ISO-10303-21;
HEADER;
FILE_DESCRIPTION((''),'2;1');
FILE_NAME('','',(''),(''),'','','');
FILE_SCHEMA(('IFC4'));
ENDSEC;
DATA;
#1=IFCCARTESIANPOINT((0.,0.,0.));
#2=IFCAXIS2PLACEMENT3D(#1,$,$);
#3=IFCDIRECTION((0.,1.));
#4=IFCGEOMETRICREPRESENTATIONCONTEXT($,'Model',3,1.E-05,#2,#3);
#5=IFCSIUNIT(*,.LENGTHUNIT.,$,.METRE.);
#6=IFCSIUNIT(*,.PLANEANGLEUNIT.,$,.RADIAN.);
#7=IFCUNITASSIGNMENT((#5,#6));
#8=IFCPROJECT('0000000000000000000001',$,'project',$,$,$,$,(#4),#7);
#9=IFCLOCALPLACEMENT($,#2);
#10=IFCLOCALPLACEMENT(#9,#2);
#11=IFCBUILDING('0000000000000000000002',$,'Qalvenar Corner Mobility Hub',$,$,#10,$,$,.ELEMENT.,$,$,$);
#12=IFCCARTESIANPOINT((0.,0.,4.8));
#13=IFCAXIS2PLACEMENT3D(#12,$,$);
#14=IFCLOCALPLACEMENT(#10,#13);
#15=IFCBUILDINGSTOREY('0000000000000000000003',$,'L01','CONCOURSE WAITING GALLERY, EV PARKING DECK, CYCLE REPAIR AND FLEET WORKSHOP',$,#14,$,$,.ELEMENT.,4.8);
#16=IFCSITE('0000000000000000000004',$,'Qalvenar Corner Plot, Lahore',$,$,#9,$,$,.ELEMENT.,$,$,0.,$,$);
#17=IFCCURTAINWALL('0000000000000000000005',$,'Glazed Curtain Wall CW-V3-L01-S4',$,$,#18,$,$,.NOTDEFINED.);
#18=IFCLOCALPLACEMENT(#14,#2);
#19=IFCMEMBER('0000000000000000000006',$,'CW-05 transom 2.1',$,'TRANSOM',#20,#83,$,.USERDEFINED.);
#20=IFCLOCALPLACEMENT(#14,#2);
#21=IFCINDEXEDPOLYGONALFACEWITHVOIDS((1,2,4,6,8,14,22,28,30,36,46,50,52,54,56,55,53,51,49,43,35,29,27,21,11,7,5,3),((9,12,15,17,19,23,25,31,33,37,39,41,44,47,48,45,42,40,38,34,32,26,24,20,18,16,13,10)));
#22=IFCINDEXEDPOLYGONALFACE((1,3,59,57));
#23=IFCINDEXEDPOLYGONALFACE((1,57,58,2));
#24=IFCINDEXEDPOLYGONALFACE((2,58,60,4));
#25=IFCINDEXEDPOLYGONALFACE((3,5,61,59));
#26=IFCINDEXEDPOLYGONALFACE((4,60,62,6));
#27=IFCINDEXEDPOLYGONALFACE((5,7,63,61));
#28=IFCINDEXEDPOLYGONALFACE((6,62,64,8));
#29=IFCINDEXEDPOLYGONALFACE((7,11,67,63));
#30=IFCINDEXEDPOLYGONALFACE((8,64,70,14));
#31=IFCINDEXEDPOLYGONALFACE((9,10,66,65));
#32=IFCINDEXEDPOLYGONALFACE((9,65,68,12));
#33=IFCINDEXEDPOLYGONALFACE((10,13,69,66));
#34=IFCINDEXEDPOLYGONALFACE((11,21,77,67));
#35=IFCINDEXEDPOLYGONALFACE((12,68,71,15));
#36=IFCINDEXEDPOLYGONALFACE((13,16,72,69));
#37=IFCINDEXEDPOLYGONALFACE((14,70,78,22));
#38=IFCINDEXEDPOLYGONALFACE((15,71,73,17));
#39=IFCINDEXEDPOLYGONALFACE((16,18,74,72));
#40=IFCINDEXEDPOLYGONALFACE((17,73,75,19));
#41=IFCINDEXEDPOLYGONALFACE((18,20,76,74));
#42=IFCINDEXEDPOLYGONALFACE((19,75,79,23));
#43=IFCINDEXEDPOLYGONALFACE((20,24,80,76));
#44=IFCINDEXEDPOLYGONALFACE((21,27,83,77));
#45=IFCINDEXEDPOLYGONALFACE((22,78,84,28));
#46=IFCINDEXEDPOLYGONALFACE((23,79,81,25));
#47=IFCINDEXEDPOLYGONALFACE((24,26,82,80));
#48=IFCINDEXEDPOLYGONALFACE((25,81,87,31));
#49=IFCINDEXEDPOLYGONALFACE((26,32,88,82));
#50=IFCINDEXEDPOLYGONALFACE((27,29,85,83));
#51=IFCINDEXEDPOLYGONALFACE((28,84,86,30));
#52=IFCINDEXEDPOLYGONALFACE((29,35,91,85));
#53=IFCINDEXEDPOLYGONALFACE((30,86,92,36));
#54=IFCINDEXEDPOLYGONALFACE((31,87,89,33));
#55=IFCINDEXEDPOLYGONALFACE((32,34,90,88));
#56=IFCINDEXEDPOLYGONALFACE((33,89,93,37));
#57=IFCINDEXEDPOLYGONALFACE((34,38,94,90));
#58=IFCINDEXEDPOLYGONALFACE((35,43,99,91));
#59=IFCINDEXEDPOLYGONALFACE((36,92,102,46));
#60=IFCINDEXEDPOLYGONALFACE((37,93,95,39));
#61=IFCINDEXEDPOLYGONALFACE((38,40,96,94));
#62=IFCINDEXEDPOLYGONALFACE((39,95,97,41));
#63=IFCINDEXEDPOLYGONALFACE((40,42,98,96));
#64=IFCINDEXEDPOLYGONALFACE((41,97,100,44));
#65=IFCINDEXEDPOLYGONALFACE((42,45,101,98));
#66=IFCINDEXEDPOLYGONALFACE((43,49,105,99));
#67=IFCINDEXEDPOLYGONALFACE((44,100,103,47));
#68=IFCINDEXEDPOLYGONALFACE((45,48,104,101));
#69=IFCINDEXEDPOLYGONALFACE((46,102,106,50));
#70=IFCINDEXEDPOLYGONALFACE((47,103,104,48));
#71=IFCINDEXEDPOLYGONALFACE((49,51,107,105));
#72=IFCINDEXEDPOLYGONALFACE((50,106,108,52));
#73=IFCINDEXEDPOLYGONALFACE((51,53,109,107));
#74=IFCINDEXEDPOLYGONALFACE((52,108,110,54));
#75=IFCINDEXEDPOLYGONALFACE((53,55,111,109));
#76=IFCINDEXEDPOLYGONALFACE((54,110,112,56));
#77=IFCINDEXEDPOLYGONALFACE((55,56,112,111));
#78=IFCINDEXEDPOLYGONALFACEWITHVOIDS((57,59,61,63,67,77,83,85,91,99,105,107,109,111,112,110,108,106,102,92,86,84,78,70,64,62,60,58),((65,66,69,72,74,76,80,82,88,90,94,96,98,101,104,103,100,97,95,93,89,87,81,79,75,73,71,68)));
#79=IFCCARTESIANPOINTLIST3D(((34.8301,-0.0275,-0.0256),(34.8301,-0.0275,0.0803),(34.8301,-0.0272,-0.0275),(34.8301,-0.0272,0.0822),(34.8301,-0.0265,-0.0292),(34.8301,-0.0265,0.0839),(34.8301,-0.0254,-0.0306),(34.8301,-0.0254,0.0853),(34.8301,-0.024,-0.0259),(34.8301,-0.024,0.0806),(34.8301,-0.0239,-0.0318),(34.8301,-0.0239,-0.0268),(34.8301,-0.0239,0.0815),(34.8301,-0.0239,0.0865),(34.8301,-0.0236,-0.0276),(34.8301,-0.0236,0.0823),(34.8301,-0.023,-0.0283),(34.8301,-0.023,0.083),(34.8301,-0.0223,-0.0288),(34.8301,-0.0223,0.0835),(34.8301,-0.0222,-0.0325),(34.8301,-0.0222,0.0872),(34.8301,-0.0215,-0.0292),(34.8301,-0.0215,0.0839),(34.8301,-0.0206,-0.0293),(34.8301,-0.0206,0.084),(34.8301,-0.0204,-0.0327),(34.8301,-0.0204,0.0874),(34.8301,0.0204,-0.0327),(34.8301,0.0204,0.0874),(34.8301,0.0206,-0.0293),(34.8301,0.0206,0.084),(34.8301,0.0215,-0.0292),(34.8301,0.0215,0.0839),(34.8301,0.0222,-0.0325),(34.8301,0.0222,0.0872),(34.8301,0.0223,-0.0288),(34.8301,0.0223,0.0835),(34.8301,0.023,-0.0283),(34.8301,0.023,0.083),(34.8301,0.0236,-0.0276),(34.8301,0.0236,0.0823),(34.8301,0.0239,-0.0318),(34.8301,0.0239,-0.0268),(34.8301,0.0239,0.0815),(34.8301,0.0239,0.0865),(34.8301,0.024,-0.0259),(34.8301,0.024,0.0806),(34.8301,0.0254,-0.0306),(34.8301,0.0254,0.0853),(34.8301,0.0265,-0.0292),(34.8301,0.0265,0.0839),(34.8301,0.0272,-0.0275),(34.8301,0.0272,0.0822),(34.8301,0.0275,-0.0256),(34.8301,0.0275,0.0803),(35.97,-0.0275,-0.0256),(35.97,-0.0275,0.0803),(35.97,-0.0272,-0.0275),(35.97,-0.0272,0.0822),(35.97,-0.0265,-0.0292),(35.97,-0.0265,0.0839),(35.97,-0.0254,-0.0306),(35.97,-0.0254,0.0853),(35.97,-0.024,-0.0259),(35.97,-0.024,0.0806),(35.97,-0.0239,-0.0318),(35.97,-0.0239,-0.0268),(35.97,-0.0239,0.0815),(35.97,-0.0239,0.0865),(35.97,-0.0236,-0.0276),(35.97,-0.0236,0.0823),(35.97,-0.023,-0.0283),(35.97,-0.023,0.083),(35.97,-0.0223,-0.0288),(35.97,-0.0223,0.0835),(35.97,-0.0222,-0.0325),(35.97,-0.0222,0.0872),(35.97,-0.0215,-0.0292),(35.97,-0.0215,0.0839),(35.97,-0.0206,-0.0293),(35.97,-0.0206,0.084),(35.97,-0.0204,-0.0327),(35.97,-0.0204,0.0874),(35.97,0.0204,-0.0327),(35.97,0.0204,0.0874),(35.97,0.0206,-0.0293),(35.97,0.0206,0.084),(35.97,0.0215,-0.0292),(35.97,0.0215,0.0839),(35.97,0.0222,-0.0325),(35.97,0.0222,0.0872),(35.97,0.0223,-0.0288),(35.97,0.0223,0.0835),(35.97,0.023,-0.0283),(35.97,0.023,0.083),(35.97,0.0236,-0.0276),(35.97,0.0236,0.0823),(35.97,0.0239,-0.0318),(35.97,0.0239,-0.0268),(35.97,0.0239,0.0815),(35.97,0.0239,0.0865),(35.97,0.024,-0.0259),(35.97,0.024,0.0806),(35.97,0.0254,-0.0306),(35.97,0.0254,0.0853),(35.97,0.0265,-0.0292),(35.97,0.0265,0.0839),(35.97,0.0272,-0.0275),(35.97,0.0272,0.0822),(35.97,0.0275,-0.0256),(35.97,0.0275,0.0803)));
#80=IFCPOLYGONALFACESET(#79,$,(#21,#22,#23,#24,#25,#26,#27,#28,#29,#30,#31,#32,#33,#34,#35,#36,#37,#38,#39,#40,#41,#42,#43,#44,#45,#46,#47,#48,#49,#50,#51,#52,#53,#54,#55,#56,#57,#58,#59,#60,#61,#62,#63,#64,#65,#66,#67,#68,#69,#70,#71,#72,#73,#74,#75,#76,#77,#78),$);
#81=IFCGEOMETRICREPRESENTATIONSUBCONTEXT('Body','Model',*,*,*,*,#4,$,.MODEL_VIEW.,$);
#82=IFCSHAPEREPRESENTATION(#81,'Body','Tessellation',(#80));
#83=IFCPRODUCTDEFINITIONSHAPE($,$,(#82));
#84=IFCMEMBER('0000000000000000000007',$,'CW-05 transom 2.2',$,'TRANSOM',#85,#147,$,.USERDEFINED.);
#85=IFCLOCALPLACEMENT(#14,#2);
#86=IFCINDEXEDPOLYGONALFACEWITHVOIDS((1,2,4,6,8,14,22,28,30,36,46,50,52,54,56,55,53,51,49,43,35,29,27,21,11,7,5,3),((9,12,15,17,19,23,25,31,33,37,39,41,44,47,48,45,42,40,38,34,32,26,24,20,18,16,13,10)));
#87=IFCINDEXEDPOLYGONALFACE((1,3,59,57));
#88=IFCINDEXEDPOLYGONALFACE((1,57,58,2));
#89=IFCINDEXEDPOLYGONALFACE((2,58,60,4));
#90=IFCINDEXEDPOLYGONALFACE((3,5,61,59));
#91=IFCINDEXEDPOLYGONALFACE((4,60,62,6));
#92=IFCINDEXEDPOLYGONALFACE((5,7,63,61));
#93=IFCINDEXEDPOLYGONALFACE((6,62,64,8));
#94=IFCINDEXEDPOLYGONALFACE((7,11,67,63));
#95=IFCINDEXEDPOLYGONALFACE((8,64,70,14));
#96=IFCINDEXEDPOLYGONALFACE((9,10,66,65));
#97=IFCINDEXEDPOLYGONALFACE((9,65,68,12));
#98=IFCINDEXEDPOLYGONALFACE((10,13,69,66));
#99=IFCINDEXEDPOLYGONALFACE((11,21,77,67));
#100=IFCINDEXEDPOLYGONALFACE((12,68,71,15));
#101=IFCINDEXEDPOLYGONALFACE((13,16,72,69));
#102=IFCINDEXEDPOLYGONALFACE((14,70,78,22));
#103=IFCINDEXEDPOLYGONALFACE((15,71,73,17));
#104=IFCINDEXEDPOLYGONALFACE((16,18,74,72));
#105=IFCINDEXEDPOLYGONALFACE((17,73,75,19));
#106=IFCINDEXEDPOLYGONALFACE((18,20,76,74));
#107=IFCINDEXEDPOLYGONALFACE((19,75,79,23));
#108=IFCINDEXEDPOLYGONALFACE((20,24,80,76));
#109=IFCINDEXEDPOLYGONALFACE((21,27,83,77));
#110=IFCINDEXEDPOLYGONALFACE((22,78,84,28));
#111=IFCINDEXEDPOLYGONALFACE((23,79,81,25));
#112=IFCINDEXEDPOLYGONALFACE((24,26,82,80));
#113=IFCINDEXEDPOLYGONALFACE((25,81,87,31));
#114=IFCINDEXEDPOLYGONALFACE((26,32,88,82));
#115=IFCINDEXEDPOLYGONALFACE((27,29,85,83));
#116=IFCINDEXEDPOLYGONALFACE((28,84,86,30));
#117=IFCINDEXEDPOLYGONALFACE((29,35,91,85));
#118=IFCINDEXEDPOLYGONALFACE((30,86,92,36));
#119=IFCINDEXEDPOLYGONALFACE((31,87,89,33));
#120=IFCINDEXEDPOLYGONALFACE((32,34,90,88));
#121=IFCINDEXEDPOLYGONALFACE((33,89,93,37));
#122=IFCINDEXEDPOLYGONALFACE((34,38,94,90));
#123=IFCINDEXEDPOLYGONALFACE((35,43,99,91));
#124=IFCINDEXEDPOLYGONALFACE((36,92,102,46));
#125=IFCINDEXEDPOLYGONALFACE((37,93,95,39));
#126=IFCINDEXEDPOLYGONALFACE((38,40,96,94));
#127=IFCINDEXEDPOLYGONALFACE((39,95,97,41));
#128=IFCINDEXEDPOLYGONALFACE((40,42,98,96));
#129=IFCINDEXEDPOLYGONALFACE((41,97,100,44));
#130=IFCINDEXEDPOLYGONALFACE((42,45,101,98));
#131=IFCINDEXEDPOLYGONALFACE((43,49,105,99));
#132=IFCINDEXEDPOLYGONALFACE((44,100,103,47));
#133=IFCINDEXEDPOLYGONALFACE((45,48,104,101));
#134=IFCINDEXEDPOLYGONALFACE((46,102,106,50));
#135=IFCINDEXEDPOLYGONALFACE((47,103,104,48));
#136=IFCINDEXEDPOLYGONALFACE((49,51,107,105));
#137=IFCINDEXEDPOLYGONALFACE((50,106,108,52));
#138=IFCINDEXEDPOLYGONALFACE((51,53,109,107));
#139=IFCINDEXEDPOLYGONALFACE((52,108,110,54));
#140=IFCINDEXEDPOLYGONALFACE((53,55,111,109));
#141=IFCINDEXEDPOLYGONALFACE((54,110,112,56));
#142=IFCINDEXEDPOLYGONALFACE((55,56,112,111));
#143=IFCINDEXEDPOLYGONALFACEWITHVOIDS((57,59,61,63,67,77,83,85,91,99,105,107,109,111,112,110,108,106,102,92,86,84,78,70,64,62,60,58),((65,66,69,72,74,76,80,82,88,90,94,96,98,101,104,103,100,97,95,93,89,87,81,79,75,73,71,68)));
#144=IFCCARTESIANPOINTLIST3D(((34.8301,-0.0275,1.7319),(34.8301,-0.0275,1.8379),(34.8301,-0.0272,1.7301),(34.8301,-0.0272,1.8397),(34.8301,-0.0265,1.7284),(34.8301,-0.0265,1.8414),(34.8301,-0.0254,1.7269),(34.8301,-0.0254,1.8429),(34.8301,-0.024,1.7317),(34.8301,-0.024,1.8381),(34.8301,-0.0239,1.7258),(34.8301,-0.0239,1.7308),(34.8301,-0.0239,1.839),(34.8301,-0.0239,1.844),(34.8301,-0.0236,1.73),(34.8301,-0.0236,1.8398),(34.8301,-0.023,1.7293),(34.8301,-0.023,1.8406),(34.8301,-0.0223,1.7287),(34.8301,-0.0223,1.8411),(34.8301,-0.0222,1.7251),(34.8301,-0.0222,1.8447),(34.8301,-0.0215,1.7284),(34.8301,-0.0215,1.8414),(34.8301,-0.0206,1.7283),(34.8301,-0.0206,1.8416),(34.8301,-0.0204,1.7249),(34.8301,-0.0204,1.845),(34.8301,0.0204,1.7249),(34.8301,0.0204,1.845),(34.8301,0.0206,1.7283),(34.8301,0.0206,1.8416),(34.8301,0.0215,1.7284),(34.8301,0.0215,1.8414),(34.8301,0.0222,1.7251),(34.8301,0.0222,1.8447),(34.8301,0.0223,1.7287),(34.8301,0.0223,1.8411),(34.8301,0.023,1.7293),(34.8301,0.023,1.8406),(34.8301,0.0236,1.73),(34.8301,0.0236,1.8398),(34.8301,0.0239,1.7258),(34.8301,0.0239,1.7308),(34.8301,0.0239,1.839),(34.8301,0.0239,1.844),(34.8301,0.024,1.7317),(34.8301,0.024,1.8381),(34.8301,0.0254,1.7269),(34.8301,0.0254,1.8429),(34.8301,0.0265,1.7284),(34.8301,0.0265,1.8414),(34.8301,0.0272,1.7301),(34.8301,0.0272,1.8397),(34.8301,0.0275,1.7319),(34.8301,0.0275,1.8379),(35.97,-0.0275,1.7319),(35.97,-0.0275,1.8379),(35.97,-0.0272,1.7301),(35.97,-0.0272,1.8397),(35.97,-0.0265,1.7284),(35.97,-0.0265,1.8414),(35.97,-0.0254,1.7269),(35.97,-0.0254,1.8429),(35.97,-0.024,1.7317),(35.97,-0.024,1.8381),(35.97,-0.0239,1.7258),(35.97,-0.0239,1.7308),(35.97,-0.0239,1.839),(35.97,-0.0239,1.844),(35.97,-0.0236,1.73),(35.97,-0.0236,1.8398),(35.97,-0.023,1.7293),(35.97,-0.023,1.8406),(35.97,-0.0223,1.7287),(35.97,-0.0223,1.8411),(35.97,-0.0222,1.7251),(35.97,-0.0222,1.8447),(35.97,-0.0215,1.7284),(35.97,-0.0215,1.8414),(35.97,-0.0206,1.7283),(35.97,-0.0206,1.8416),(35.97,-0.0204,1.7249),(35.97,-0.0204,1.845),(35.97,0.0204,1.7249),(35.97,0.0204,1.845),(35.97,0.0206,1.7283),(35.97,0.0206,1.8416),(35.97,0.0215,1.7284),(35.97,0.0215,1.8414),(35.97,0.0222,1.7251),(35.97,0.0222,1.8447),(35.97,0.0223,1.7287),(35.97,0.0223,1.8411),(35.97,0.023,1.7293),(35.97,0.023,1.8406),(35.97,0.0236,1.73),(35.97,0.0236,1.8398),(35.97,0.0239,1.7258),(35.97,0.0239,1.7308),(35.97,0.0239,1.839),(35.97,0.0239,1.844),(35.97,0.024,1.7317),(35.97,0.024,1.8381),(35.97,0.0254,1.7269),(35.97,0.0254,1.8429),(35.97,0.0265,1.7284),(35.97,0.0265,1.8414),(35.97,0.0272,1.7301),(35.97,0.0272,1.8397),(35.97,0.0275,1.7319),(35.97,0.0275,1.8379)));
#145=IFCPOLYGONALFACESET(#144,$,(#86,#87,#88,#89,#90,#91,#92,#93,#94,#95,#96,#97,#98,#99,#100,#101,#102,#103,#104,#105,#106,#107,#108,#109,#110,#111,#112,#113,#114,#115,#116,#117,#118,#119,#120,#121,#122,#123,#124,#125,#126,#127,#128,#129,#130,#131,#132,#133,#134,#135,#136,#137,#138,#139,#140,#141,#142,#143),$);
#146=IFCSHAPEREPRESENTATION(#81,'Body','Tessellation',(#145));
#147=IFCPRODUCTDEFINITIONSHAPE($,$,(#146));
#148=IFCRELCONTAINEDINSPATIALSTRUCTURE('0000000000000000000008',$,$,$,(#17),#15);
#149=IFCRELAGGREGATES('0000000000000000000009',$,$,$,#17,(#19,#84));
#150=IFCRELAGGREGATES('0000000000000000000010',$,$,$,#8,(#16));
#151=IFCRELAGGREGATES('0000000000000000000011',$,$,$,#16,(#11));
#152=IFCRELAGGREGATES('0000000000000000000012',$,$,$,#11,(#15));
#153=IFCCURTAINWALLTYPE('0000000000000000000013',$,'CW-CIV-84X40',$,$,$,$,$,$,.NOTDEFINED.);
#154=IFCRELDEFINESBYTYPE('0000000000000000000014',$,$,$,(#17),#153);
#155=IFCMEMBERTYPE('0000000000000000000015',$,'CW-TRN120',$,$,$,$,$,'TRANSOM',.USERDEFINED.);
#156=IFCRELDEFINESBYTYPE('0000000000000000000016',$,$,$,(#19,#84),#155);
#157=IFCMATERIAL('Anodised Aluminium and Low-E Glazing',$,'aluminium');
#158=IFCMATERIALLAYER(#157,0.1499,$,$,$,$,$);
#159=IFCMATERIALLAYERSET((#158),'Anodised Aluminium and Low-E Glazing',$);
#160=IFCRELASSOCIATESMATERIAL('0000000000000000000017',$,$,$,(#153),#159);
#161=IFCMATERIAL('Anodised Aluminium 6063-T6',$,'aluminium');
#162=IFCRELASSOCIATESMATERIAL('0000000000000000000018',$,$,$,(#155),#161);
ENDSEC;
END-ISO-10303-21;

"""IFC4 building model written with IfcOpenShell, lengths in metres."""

from ifc_helpers import new_model, si_unit, direction, frame, origin, origin_2d, place, context, subcontext, project, spatial, hollow_rectangle, extrude, material, layer, layer_set, material_profile, profile_set, type_object, element, aggregate, save


model = new_model("IFC4")

# Units and contexts
model_context = context("Model", 3, precision=1e-05, world=origin(), true_north=direction((0.0, 1.0)))
body_context = subcontext(model_context, "Body", "Model", "MODEL_VIEW")
ifc_project = project(units=[si_unit("LENGTHUNIT", "METRE"), si_unit("PLANEANGLEUNIT", "RADIAN")], contexts=[model_context])

# Site, building, storey
site_placement = place(None, origin())
site = spatial("IfcSite", under=ifc_project, at=site_placement, Name="Qalvenar Corner Plot, Lahore", CompositionType="ELEMENT", RefElevation=0.0)
building_placement = place(site_placement, origin())
building = spatial("IfcBuilding", under=site, at=building_placement, Name="Qalvenar Corner Mobility Hub", CompositionType="ELEMENT")
storey_placement = place(building_placement, frame((0.0, 0.0, 4.8)))
storey = spatial("IfcBuildingStorey", under=building, at=storey_placement, Name="L01", Description="CONCOURSE WAITING GALLERY, EV PARKING DECK, CYCLE REPAIR AND FLEET WORKSHOP", CompositionType="ELEMENT", Elevation=4.8)

# Curtain wall, members
ifc_material_1 = material(Name="Anodised Aluminium and Low-E Glazing", Category="aluminium")
ifc_layer_1 = layer(ifc_material_1, 0.1499)
ifc_layer_set_1 = layer_set([ifc_layer_1], Name="Anodised Aluminium and Low-E Glazing")
curtain_wall_type = type_object("IfcCurtainWallType", Name="CW-CIV-84X40", PredefinedType="NOTDEFINED", material=ifc_layer_set_1)
curtain_wall_placement = place(storey_placement, origin())
curtain_wall = element("IfcCurtainWall", 1, at=curtain_wall_placement, inside=storey, type_object=curtain_wall_type, Name="Glazed Curtain Wall CW-V3-L01-S4", PredefinedType="NOTDEFINED")
ifc_material_2 = material(Name="Anodised Aluminium 6063-T6", Category="aluminium")
ifc_material_profile_1 = material_profile(ifc_material_2, hollow_rectangle(XDim=0.0549, YDim=0.1201, WallThickness=0.0034, InnerFilletRadius=0.0034, OuterFilletRadius=0.0071, at=origin_2d()), Name="RHS120x55x3.5")
ifc_profile_set_1 = profile_set([ifc_material_profile_1], Name="Anodised Aluminium 6063-T6")
member_type_1 = type_object("IfcMemberType", Name="CW-TRN120", ElementType="TRANSOM", PredefinedType="USERDEFINED", material=ifc_profile_set_1)
member_1_placement = place(storey_placement, frame((34.8301, 0.0, 0.0273), z_axis=(1.0, 0.0, 0.0), x_axis=(0.0, 1.0, 0.0)))
member_1 = element("IfcMember", 2, at=member_1_placement, type_object=member_type_1, Name="CW-05 transom 2.1", ObjectType="TRANSOM", PredefinedType="USERDEFINED", context=body_context, shape_type="SweptSolid", body=[
    extrude(hollow_rectangle(XDim=0.0549, YDim=0.1201, WallThickness=0.0034, InnerFilletRadius=0.0034, OuterFilletRadius=0.0071, at=origin_2d()), origin(), (0.0, 0.0, 1.0), 1.1399),
])
member_2_placement = place(storey_placement, frame((34.8301, 0.0, 1.7849), z_axis=(1.0, 0.0, 0.0), x_axis=(0.0, 1.0, 0.0)))
member_2 = element("IfcMember", 3, at=member_2_placement, type_object=member_type_1, Name="CW-05 transom 2.2", ObjectType="TRANSOM", PredefinedType="USERDEFINED", context=body_context, shape_type="SweptSolid", body=[
    extrude(hollow_rectangle(XDim=0.0549, YDim=0.1201, WallThickness=0.0034, InnerFilletRadius=0.0034, OuterFilletRadius=0.0071, at=origin_2d()), origin(), (0.0, 0.0, 1.0), 1.1399),
])
aggregate(curtain_wall, [member_1, member_2])

save(model, "model.ifc")
